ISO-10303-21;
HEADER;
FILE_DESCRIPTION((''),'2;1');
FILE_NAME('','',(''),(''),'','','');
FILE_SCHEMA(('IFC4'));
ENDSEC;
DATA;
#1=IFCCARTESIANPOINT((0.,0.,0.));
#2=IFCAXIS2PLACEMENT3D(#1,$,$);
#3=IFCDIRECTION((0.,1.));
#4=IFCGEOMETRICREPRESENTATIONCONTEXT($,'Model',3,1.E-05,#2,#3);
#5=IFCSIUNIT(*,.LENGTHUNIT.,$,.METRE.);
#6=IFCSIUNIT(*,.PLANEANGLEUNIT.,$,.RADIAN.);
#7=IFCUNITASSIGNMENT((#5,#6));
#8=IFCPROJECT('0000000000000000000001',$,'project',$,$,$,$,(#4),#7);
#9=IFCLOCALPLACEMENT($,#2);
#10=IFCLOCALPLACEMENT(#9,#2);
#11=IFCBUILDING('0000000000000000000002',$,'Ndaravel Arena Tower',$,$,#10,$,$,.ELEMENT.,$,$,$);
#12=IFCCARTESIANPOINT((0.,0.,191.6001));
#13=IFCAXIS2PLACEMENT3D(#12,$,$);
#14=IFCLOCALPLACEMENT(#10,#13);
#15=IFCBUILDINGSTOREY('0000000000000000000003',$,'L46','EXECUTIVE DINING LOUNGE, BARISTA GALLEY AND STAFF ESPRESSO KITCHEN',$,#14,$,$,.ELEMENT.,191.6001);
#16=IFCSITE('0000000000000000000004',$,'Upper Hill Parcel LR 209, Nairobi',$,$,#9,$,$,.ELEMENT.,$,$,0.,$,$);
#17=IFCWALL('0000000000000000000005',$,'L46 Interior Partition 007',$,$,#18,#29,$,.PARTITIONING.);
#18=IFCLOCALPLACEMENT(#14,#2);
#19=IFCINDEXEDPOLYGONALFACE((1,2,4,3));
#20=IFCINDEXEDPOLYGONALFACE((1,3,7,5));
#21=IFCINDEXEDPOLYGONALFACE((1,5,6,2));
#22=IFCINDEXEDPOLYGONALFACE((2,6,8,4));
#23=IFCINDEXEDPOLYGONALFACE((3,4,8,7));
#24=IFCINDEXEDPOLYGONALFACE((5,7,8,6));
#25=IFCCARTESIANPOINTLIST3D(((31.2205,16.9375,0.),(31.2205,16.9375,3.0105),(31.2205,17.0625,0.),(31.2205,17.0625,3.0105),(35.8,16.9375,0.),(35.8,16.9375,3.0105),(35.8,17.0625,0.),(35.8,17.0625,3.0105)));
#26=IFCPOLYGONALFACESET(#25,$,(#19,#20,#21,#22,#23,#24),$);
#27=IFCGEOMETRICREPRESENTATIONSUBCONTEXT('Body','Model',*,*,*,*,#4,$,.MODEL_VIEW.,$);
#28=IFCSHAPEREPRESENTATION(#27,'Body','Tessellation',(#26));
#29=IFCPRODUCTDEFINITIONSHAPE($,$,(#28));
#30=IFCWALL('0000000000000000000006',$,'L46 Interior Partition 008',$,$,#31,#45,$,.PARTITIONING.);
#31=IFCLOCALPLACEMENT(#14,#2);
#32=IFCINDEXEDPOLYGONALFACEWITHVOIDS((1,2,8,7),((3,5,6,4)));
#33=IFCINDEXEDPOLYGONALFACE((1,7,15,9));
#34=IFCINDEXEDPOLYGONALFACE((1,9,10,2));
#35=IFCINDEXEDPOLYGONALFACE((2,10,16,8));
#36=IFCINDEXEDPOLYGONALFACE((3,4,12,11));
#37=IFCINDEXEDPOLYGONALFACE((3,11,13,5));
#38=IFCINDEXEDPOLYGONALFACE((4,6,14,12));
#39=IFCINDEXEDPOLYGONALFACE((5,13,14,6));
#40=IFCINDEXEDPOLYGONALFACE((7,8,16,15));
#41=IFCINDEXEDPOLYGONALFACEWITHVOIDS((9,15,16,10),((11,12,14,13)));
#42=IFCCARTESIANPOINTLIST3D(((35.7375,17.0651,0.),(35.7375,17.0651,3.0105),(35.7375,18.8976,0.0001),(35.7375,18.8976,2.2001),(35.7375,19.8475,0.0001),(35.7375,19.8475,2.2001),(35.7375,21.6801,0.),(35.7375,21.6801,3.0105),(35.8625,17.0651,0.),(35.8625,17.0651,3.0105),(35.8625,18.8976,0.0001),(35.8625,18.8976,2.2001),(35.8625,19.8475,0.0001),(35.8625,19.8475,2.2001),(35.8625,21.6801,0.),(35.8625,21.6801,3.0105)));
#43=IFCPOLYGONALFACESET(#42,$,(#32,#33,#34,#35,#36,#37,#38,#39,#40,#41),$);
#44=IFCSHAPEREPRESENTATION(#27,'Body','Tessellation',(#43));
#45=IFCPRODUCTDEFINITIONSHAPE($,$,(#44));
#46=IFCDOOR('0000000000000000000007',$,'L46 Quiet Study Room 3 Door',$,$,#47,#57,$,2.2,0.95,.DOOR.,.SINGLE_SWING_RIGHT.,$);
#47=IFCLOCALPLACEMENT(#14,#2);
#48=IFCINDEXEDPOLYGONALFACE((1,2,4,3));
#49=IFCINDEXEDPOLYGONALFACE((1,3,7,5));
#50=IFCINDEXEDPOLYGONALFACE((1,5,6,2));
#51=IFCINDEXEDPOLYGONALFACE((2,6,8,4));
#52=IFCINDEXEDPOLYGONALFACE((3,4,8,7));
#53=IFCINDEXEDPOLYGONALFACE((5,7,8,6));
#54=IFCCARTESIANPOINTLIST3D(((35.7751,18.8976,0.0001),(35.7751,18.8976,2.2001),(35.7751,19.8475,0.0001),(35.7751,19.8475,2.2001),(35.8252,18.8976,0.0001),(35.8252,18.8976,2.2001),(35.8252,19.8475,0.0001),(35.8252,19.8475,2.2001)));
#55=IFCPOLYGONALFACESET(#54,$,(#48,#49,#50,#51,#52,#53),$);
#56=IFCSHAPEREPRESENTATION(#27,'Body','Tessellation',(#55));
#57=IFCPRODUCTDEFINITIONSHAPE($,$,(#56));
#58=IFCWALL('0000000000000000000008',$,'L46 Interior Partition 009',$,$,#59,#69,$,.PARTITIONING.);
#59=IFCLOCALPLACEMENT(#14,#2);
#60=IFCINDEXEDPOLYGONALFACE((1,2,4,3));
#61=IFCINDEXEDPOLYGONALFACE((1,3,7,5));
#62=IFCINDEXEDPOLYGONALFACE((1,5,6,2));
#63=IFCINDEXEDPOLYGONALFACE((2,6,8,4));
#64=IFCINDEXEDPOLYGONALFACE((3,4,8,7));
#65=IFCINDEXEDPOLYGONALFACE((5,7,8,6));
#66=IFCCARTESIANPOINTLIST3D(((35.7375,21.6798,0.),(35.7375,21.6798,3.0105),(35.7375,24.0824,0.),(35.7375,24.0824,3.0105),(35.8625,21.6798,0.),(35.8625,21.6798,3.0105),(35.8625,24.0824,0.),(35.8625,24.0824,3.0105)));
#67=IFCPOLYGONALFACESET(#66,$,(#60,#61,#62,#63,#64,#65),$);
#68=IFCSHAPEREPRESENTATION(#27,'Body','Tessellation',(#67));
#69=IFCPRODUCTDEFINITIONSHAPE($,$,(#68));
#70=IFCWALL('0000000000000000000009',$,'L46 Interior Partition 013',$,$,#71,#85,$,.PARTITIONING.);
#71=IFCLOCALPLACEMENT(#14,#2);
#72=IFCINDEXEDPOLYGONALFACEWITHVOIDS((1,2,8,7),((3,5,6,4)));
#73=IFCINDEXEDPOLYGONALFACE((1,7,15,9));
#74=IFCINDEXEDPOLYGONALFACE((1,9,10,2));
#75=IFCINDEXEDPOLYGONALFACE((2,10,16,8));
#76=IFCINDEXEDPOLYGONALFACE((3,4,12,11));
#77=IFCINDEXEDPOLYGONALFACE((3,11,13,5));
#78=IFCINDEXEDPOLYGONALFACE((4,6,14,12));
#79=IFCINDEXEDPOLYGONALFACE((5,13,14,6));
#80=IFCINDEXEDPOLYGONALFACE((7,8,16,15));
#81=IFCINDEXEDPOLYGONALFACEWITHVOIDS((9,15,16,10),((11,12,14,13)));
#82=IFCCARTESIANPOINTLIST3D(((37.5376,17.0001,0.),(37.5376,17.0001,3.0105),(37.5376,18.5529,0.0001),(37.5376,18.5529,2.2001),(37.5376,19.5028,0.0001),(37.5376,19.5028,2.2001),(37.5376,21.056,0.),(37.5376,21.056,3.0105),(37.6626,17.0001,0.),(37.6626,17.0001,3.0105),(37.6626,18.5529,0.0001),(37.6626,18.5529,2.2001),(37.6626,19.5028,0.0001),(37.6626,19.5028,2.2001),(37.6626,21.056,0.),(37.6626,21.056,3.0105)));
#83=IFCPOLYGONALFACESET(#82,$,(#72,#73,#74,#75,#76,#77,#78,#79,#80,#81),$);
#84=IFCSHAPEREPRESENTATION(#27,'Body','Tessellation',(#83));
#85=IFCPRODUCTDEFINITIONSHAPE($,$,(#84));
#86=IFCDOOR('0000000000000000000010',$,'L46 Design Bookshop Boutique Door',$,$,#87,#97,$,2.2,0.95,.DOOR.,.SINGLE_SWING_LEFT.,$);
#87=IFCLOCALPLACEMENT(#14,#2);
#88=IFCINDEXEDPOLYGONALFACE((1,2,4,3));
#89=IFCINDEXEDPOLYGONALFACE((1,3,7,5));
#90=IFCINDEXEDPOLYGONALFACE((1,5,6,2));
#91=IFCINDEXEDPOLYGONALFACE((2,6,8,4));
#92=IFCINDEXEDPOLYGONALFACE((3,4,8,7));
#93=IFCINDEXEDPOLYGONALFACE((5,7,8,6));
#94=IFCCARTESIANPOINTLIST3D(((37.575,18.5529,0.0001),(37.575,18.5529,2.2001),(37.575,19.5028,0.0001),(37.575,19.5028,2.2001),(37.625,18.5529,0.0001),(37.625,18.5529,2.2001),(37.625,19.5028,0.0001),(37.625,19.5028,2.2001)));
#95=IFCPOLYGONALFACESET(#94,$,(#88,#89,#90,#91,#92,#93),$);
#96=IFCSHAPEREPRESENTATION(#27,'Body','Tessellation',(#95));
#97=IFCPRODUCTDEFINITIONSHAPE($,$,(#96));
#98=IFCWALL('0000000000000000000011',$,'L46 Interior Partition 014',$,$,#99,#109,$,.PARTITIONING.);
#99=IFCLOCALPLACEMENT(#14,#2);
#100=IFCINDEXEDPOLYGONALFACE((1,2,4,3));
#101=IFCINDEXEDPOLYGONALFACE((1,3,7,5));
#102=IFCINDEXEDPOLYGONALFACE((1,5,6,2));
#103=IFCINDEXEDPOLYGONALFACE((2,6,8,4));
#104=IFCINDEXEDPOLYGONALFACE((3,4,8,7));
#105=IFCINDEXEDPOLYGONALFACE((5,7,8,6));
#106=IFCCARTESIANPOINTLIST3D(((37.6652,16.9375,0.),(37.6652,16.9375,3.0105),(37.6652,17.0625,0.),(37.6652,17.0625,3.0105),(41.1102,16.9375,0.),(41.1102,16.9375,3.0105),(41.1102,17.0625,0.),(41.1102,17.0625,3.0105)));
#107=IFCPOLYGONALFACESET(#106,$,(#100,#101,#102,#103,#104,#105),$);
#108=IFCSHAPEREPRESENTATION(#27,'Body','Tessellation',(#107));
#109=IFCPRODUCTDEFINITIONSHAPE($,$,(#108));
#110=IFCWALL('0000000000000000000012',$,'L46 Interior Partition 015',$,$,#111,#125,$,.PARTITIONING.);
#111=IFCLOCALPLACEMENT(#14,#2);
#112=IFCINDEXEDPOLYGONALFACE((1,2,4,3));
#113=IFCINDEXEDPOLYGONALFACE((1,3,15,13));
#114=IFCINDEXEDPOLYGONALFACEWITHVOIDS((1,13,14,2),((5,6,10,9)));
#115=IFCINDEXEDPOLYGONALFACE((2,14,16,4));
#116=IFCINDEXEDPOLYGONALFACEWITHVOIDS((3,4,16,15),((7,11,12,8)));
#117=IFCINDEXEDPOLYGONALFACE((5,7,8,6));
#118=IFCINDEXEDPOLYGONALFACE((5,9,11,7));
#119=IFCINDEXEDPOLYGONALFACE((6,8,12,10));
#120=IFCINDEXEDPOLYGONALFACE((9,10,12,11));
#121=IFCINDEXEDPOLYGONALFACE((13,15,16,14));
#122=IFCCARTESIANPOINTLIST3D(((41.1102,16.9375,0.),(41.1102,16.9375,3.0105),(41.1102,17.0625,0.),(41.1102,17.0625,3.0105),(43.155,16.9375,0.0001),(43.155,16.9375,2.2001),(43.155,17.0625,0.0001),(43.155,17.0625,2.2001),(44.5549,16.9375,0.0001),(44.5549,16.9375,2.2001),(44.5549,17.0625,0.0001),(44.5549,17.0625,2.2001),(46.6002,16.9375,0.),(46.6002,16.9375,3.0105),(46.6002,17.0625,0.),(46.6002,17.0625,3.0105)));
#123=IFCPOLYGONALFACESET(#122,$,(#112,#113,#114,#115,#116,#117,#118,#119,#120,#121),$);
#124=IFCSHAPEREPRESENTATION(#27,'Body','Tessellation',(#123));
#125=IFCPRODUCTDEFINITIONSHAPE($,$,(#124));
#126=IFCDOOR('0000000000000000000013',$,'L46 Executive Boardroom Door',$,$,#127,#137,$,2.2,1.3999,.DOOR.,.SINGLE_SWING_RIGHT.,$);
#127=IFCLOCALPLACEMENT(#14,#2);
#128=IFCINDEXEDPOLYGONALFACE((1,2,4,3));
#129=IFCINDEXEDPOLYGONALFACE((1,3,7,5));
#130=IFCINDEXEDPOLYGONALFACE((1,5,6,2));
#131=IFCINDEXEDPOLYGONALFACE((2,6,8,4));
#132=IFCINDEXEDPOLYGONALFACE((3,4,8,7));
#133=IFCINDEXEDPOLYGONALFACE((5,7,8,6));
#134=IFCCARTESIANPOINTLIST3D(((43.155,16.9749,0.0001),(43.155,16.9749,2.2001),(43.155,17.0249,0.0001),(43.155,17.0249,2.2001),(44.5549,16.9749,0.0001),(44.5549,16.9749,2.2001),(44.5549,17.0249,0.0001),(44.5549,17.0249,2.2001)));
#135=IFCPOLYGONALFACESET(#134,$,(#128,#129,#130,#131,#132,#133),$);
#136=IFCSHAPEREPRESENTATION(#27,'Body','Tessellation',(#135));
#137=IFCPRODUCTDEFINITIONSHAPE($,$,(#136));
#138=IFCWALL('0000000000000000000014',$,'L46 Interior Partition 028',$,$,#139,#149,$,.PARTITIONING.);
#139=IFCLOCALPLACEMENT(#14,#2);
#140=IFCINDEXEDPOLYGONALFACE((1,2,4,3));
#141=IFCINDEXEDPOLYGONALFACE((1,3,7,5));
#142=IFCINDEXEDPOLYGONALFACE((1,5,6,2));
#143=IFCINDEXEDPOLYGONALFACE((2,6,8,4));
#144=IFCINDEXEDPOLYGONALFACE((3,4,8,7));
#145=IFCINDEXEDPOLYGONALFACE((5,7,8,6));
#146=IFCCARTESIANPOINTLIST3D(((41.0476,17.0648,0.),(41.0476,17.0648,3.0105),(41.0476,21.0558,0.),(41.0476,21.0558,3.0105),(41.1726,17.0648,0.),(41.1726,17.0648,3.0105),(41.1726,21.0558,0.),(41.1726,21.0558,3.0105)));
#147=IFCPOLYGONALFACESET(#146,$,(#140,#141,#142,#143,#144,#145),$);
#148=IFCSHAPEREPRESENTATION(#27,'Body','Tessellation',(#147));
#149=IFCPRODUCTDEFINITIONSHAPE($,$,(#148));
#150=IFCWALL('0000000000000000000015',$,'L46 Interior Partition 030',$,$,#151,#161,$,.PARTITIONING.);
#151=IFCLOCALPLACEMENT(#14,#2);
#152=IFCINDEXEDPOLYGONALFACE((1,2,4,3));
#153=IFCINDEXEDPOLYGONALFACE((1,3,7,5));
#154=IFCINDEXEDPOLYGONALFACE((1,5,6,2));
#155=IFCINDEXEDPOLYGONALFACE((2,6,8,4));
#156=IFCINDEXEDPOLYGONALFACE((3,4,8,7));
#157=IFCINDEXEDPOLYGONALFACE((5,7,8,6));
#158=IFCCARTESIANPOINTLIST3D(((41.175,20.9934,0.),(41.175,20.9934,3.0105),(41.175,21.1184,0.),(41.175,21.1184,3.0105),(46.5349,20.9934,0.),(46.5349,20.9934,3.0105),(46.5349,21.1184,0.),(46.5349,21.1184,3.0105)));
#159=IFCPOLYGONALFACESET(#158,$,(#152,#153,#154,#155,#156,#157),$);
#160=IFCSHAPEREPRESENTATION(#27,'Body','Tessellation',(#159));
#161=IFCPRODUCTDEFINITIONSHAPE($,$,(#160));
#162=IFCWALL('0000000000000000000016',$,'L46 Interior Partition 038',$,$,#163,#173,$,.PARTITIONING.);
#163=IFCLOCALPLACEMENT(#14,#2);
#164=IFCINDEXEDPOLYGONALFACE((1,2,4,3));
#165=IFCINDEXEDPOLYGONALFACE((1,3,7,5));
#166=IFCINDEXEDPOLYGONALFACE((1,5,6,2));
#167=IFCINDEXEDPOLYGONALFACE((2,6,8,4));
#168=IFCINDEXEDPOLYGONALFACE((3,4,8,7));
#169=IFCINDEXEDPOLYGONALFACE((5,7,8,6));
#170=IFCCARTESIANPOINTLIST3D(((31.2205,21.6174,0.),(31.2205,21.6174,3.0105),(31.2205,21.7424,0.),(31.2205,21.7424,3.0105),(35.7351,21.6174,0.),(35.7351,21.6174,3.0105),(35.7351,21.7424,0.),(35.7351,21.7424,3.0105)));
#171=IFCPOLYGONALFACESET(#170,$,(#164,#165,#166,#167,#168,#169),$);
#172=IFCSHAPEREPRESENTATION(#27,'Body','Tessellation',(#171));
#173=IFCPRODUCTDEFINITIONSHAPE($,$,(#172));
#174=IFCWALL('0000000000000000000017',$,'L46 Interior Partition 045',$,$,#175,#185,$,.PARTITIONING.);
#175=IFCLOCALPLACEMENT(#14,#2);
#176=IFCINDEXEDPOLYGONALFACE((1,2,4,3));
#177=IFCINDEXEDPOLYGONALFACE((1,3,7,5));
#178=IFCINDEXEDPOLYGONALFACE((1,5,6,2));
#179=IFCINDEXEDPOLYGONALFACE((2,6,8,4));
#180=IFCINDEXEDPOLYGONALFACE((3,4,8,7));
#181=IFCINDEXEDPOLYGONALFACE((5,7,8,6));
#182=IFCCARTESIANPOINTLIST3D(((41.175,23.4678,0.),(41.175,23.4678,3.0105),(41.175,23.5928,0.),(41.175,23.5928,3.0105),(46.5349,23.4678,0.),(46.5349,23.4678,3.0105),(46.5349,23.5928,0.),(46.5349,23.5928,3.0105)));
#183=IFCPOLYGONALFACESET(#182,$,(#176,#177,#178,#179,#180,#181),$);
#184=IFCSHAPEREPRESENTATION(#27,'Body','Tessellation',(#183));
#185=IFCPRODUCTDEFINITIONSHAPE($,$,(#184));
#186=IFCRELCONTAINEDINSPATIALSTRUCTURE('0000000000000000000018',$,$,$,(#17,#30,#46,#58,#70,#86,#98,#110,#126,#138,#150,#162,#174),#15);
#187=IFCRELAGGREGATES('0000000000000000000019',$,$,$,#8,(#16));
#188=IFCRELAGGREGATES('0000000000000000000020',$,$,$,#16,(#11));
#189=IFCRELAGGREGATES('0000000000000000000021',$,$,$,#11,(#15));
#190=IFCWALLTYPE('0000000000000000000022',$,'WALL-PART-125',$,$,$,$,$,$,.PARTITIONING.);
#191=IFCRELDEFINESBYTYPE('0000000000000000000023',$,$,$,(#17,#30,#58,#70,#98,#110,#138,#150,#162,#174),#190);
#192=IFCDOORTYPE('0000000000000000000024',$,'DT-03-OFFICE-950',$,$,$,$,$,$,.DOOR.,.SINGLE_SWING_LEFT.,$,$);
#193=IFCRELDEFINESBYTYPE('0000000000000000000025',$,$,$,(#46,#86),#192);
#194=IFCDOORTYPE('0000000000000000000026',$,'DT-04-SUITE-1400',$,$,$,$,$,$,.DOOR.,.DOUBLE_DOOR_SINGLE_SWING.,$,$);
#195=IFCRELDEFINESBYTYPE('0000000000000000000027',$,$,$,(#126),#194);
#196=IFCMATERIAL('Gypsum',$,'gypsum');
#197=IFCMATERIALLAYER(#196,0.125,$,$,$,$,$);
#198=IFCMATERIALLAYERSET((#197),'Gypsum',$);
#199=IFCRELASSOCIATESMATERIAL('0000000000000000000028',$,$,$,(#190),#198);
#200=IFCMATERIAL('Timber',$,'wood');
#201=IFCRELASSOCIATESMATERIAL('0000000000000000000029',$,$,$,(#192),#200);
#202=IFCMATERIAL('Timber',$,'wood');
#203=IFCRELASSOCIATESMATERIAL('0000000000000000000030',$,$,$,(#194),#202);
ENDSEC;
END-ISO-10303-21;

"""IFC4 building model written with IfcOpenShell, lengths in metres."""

from ifc_helpers import new_model, si_unit, direction, frame, frame_2d, origin, place, context, subcontext, project, spatial, rectangle, extrude, material, layer, layer_set, type_object, element, fill, save


model = new_model("IFC4")

# Units and contexts
model_context = context("Model", 3, precision=1e-05, world=origin(), true_north=direction((0.0, 1.0)))
body_context = subcontext(model_context, "Body", "Model", "MODEL_VIEW")
ifc_project = project(units=[si_unit("LENGTHUNIT", "METRE"), si_unit("PLANEANGLEUNIT", "RADIAN")], contexts=[model_context])

# Site, building, storey
site_placement = place(None, origin())
site = spatial("IfcSite", under=ifc_project, at=site_placement, Name="Upper Hill Parcel LR 209, Nairobi", CompositionType="ELEMENT", RefElevation=0.0)
building_placement = place(site_placement, origin())
building = spatial("IfcBuilding", under=site, at=building_placement, Name="Ndaravel Arena Tower", CompositionType="ELEMENT")
storey_placement = place(building_placement, frame((0.0, 0.0, 191.6001)))
storey = spatial("IfcBuildingStorey", under=building, at=storey_placement, Name="L46", Description="EXECUTIVE DINING LOUNGE, BARISTA GALLEY AND STAFF ESPRESSO KITCHEN", CompositionType="ELEMENT", Elevation=191.6001)

# Wall
ifc_material_1 = material(Name="Gypsum", Category="gypsum")
ifc_layer_1 = layer(ifc_material_1, 0.125)
ifc_layer_set_1 = layer_set([ifc_layer_1], Name="Gypsum")
wall_type_1 = type_object("IfcWallType", Name="WALL-PART-125", PredefinedType="PARTITIONING", material=ifc_layer_set_1)
wall_1_placement = place(storey_placement, frame((31.2205, 17.0, 0.0), z_axis=(0.0, 0.0, 1.0), x_axis=(1.0, 0.0, 0.0)))
element("IfcWall", 1, at=wall_1_placement, inside=storey, type_object=wall_type_1, Name="L46 Interior Partition 007", PredefinedType="PARTITIONING", context=body_context, shape_type="SweptSolid", body=[
    extrude(rectangle(XDim=4.5796, YDim=0.125, at=frame_2d((2.2898, 0.0))), origin(), (0.0, 0.0, 1.0), 3.0105),
])

# Wall, opening, door
wall_2_placement = place(storey_placement, frame((35.8, 17.0649, 0.0), z_axis=(0.0, 0.0, 1.0), x_axis=(0.0, 1.0, 0.0)))
wall_2 = element("IfcWall", 2, at=wall_2_placement, inside=storey, type_object=wall_type_1, Name="L46 Interior Partition 008", PredefinedType="PARTITIONING", context=body_context, shape_type="SweptSolid", body=[
    extrude(rectangle(XDim=4.615, YDim=0.125, at=frame_2d((2.3076, 0.0))), origin(), (0.0, 0.0, 1.0), 3.0105),
])
opening_1_placement = place(wall_2_placement, frame((1.8325, 0.0, 0.0)))
opening_1 = element("IfcOpeningElement", 3, at=opening_1_placement, cuts=wall_2, PredefinedType="OPENING", context=body_context, shape_type="SweptSolid", body=[
    extrude(rectangle(XDim=0.95, YDim=2.2, at=frame_2d((0.4751, 1.1001))), frame((0.0, 0.0625, 0.0), z_axis=(0.0, -1.0, 0.0), x_axis=(1.0, 0.0, 0.0)), (0.0, 0.0, 1.0), 0.125),
])
ifc_material_2 = material(Name="Timber", Category="wood")
door_type_1 = type_object("IfcDoorType", Name="DT-03-OFFICE-950", OperationType="SINGLE_SWING_LEFT", PredefinedType="DOOR", material=ifc_material_2)
door_1_placement = place(opening_1_placement, origin())
door_1 = element("IfcDoor", 4, at=door_1_placement, inside=storey, type_object=door_type_1, Name="L46 Quiet Study Room 3 Door", OperationType="SINGLE_SWING_RIGHT", OverallHeight=2.2, OverallWidth=0.95, PredefinedType="DOOR", context=body_context, shape_type="SweptSolid", body=[
    extrude(rectangle(XDim=0.95, YDim=2.2, at=frame_2d((0.4751, 1.1001))), frame((0.0, 0.0249, 0.0), z_axis=(0.0, -1.0, 0.0), x_axis=(1.0, 0.0, 0.0)), (0.0, 0.0, 1.0), 0.05),
])
fill(opening_1, door_1)

# Wall
wall_3_placement = place(storey_placement, frame((35.8, 21.6799, 0.0), z_axis=(0.0, 0.0, 1.0), x_axis=(0.0, 1.0, 0.0)))
element("IfcWall", 5, at=wall_3_placement, inside=storey, type_object=wall_type_1, Name="L46 Interior Partition 009", PredefinedType="PARTITIONING", context=body_context, shape_type="SweptSolid", body=[
    extrude(rectangle(XDim=2.4026, YDim=0.125, at=frame_2d((1.2012, 0.0))), origin(), (0.0, 0.0, 1.0), 3.0105),
])

# Wall, opening, door
wall_4_placement = place(storey_placement, frame((37.6001, 21.0559, 0.0), z_axis=(0.0, 0.0, 1.0), x_axis=(0.0, -1.0, 0.0)))
wall_4 = element("IfcWall", 6, at=wall_4_placement, inside=storey, type_object=wall_type_1, Name="L46 Interior Partition 013", PredefinedType="PARTITIONING", context=body_context, shape_type="SweptSolid", body=[
    extrude(rectangle(XDim=4.0559, YDim=0.125, at=frame_2d((2.0278, 0.0))), origin(), (0.0, 0.0, 1.0), 3.0105),
])
opening_2_placement = place(wall_4_placement, frame((1.553, 0.0, 0.0)))
opening_2 = element("IfcOpeningElement", 7, at=opening_2_placement, cuts=wall_4, PredefinedType="OPENING", context=body_context, shape_type="SweptSolid", body=[
    extrude(rectangle(XDim=0.95, YDim=2.2, at=frame_2d((0.4751, 1.1001))), frame((0.0, 0.0625, 0.0), z_axis=(0.0, -1.0, 0.0), x_axis=(1.0, 0.0, 0.0)), (0.0, 0.0, 1.0), 0.125),
])
door_2_placement = place(opening_2_placement, origin())
door_2 = element("IfcDoor", 8, at=door_2_placement, inside=storey, type_object=door_type_1, Name="L46 Design Bookshop Boutique Door", OperationType="SINGLE_SWING_LEFT", OverallHeight=2.2, OverallWidth=0.95, PredefinedType="DOOR", context=body_context, shape_type="SweptSolid", body=[
    extrude(rectangle(XDim=0.95, YDim=2.2, at=frame_2d((0.4751, 1.1001))), frame((0.0, 0.0249, 0.0), z_axis=(0.0, -1.0, 0.0), x_axis=(1.0, 0.0, 0.0)), (0.0, 0.0, 1.0), 0.05),
])
fill(opening_2, door_2)

# Wall
wall_5_placement = place(storey_placement, frame((37.665, 17.0, 0.0), z_axis=(0.0, 0.0, 1.0), x_axis=(1.0, 0.0, 0.0)))
element("IfcWall", 9, at=wall_5_placement, inside=storey, type_object=wall_type_1, Name="L46 Interior Partition 014", PredefinedType="PARTITIONING", context=body_context, shape_type="SweptSolid", body=[
    extrude(rectangle(XDim=3.4451, YDim=0.125, at=frame_2d((1.7227, 0.0))), origin(), (0.0, 0.0, 1.0), 3.0105),
])

# Wall, opening, door
wall_6_placement = place(storey_placement, frame((41.1101, 17.0, 0.0), z_axis=(0.0, 0.0, 1.0), x_axis=(1.0, 0.0, 0.0)))
wall_6 = element("IfcWall", 10, at=wall_6_placement, inside=storey, type_object=wall_type_1, Name="L46 Interior Partition 015", PredefinedType="PARTITIONING", context=body_context, shape_type="SweptSolid", body=[
    extrude(rectangle(XDim=5.49, YDim=0.125, at=frame_2d((2.7451, 0.0))), origin(), (0.0, 0.0, 1.0), 3.0105),
])
opening_3_placement = place(wall_6_placement, frame((2.0449, 0.0, 0.0)))
opening_3 = element("IfcOpeningElement", 11, at=opening_3_placement, cuts=wall_6, PredefinedType="OPENING", context=body_context, shape_type="SweptSolid", body=[
    extrude(rectangle(XDim=1.3999, YDim=2.2, at=frame_2d((0.7, 1.1001))), frame((0.0, 0.0625, 0.0), z_axis=(0.0, -1.0, 0.0), x_axis=(1.0, 0.0, 0.0)), (0.0, 0.0, 1.0), 0.125),
])
ifc_material_3 = material(Name="Timber", Category="wood")
door_type_2 = type_object("IfcDoorType", Name="DT-04-SUITE-1400", OperationType="DOUBLE_DOOR_SINGLE_SWING", PredefinedType="DOOR", material=ifc_material_3)
door_3_placement = place(opening_3_placement, origin())
door_3 = element("IfcDoor", 12, at=door_3_placement, inside=storey, type_object=door_type_2, Name="L46 Executive Boardroom Door", OperationType="SINGLE_SWING_RIGHT", OverallHeight=2.2, OverallWidth=1.3999, PredefinedType="DOOR", context=body_context, shape_type="SweptSolid", body=[
    extrude(rectangle(XDim=1.3999, YDim=2.2, at=frame_2d((0.7, 1.1001))), frame((0.0, 0.0249, 0.0), z_axis=(0.0, -1.0, 0.0), x_axis=(1.0, 0.0, 0.0)), (0.0, 0.0, 1.0), 0.05),
])
fill(opening_3, door_3)

# Walls
wall_7_placement = place(storey_placement, frame((41.1101, 21.0559, 0.0), z_axis=(0.0, 0.0, 1.0), x_axis=(0.0, -1.0, 0.0)))
element("IfcWall", 13, at=wall_7_placement, inside=storey, type_object=wall_type_1, Name="L46 Interior Partition 028", PredefinedType="PARTITIONING", context=body_context, shape_type="SweptSolid", body=[
    extrude(rectangle(XDim=3.991, YDim=0.125, at=frame_2d((1.9956, 0.0))), origin(), (0.0, 0.0, 1.0), 3.0105),
])
wall_8_placement = place(storey_placement, frame((41.175, 21.0559, 0.0), z_axis=(0.0, 0.0, 1.0), x_axis=(1.0, 0.0, 0.0)))
element("IfcWall", 14, at=wall_8_placement, inside=storey, type_object=wall_type_1, Name="L46 Interior Partition 030", PredefinedType="PARTITIONING", context=body_context, shape_type="SweptSolid", body=[
    extrude(rectangle(XDim=5.3599, YDim=0.125, at=frame_2d((2.6799, 0.0))), origin(), (0.0, 0.0, 1.0), 3.0105),
])
wall_9_placement = place(storey_placement, frame((31.2205, 21.6799, 0.0), z_axis=(0.0, 0.0, 1.0), x_axis=(1.0, 0.0, 0.0)))
element("IfcWall", 15, at=wall_9_placement, inside=storey, type_object=wall_type_1, Name="L46 Interior Partition 038", PredefinedType="PARTITIONING", context=body_context, shape_type="SweptSolid", body=[
    extrude(rectangle(XDim=4.5146, YDim=0.125, at=frame_2d((2.2573, 0.0))), origin(), (0.0, 0.0, 1.0), 3.0105),
])
wall_10_placement = place(storey_placement, frame((41.175, 23.5303, 0.0), z_axis=(0.0, 0.0, 1.0), x_axis=(1.0, 0.0, 0.0)))
element("IfcWall", 16, at=wall_10_placement, inside=storey, type_object=wall_type_1, Name="L46 Interior Partition 045", PredefinedType="PARTITIONING", context=body_context, shape_type="SweptSolid", body=[
    extrude(rectangle(XDim=5.3599, YDim=0.125, at=frame_2d((2.6799, 0.0))), origin(), (0.0, 0.0, 1.0), 3.0105),
])

save(model, "model.ifc")
